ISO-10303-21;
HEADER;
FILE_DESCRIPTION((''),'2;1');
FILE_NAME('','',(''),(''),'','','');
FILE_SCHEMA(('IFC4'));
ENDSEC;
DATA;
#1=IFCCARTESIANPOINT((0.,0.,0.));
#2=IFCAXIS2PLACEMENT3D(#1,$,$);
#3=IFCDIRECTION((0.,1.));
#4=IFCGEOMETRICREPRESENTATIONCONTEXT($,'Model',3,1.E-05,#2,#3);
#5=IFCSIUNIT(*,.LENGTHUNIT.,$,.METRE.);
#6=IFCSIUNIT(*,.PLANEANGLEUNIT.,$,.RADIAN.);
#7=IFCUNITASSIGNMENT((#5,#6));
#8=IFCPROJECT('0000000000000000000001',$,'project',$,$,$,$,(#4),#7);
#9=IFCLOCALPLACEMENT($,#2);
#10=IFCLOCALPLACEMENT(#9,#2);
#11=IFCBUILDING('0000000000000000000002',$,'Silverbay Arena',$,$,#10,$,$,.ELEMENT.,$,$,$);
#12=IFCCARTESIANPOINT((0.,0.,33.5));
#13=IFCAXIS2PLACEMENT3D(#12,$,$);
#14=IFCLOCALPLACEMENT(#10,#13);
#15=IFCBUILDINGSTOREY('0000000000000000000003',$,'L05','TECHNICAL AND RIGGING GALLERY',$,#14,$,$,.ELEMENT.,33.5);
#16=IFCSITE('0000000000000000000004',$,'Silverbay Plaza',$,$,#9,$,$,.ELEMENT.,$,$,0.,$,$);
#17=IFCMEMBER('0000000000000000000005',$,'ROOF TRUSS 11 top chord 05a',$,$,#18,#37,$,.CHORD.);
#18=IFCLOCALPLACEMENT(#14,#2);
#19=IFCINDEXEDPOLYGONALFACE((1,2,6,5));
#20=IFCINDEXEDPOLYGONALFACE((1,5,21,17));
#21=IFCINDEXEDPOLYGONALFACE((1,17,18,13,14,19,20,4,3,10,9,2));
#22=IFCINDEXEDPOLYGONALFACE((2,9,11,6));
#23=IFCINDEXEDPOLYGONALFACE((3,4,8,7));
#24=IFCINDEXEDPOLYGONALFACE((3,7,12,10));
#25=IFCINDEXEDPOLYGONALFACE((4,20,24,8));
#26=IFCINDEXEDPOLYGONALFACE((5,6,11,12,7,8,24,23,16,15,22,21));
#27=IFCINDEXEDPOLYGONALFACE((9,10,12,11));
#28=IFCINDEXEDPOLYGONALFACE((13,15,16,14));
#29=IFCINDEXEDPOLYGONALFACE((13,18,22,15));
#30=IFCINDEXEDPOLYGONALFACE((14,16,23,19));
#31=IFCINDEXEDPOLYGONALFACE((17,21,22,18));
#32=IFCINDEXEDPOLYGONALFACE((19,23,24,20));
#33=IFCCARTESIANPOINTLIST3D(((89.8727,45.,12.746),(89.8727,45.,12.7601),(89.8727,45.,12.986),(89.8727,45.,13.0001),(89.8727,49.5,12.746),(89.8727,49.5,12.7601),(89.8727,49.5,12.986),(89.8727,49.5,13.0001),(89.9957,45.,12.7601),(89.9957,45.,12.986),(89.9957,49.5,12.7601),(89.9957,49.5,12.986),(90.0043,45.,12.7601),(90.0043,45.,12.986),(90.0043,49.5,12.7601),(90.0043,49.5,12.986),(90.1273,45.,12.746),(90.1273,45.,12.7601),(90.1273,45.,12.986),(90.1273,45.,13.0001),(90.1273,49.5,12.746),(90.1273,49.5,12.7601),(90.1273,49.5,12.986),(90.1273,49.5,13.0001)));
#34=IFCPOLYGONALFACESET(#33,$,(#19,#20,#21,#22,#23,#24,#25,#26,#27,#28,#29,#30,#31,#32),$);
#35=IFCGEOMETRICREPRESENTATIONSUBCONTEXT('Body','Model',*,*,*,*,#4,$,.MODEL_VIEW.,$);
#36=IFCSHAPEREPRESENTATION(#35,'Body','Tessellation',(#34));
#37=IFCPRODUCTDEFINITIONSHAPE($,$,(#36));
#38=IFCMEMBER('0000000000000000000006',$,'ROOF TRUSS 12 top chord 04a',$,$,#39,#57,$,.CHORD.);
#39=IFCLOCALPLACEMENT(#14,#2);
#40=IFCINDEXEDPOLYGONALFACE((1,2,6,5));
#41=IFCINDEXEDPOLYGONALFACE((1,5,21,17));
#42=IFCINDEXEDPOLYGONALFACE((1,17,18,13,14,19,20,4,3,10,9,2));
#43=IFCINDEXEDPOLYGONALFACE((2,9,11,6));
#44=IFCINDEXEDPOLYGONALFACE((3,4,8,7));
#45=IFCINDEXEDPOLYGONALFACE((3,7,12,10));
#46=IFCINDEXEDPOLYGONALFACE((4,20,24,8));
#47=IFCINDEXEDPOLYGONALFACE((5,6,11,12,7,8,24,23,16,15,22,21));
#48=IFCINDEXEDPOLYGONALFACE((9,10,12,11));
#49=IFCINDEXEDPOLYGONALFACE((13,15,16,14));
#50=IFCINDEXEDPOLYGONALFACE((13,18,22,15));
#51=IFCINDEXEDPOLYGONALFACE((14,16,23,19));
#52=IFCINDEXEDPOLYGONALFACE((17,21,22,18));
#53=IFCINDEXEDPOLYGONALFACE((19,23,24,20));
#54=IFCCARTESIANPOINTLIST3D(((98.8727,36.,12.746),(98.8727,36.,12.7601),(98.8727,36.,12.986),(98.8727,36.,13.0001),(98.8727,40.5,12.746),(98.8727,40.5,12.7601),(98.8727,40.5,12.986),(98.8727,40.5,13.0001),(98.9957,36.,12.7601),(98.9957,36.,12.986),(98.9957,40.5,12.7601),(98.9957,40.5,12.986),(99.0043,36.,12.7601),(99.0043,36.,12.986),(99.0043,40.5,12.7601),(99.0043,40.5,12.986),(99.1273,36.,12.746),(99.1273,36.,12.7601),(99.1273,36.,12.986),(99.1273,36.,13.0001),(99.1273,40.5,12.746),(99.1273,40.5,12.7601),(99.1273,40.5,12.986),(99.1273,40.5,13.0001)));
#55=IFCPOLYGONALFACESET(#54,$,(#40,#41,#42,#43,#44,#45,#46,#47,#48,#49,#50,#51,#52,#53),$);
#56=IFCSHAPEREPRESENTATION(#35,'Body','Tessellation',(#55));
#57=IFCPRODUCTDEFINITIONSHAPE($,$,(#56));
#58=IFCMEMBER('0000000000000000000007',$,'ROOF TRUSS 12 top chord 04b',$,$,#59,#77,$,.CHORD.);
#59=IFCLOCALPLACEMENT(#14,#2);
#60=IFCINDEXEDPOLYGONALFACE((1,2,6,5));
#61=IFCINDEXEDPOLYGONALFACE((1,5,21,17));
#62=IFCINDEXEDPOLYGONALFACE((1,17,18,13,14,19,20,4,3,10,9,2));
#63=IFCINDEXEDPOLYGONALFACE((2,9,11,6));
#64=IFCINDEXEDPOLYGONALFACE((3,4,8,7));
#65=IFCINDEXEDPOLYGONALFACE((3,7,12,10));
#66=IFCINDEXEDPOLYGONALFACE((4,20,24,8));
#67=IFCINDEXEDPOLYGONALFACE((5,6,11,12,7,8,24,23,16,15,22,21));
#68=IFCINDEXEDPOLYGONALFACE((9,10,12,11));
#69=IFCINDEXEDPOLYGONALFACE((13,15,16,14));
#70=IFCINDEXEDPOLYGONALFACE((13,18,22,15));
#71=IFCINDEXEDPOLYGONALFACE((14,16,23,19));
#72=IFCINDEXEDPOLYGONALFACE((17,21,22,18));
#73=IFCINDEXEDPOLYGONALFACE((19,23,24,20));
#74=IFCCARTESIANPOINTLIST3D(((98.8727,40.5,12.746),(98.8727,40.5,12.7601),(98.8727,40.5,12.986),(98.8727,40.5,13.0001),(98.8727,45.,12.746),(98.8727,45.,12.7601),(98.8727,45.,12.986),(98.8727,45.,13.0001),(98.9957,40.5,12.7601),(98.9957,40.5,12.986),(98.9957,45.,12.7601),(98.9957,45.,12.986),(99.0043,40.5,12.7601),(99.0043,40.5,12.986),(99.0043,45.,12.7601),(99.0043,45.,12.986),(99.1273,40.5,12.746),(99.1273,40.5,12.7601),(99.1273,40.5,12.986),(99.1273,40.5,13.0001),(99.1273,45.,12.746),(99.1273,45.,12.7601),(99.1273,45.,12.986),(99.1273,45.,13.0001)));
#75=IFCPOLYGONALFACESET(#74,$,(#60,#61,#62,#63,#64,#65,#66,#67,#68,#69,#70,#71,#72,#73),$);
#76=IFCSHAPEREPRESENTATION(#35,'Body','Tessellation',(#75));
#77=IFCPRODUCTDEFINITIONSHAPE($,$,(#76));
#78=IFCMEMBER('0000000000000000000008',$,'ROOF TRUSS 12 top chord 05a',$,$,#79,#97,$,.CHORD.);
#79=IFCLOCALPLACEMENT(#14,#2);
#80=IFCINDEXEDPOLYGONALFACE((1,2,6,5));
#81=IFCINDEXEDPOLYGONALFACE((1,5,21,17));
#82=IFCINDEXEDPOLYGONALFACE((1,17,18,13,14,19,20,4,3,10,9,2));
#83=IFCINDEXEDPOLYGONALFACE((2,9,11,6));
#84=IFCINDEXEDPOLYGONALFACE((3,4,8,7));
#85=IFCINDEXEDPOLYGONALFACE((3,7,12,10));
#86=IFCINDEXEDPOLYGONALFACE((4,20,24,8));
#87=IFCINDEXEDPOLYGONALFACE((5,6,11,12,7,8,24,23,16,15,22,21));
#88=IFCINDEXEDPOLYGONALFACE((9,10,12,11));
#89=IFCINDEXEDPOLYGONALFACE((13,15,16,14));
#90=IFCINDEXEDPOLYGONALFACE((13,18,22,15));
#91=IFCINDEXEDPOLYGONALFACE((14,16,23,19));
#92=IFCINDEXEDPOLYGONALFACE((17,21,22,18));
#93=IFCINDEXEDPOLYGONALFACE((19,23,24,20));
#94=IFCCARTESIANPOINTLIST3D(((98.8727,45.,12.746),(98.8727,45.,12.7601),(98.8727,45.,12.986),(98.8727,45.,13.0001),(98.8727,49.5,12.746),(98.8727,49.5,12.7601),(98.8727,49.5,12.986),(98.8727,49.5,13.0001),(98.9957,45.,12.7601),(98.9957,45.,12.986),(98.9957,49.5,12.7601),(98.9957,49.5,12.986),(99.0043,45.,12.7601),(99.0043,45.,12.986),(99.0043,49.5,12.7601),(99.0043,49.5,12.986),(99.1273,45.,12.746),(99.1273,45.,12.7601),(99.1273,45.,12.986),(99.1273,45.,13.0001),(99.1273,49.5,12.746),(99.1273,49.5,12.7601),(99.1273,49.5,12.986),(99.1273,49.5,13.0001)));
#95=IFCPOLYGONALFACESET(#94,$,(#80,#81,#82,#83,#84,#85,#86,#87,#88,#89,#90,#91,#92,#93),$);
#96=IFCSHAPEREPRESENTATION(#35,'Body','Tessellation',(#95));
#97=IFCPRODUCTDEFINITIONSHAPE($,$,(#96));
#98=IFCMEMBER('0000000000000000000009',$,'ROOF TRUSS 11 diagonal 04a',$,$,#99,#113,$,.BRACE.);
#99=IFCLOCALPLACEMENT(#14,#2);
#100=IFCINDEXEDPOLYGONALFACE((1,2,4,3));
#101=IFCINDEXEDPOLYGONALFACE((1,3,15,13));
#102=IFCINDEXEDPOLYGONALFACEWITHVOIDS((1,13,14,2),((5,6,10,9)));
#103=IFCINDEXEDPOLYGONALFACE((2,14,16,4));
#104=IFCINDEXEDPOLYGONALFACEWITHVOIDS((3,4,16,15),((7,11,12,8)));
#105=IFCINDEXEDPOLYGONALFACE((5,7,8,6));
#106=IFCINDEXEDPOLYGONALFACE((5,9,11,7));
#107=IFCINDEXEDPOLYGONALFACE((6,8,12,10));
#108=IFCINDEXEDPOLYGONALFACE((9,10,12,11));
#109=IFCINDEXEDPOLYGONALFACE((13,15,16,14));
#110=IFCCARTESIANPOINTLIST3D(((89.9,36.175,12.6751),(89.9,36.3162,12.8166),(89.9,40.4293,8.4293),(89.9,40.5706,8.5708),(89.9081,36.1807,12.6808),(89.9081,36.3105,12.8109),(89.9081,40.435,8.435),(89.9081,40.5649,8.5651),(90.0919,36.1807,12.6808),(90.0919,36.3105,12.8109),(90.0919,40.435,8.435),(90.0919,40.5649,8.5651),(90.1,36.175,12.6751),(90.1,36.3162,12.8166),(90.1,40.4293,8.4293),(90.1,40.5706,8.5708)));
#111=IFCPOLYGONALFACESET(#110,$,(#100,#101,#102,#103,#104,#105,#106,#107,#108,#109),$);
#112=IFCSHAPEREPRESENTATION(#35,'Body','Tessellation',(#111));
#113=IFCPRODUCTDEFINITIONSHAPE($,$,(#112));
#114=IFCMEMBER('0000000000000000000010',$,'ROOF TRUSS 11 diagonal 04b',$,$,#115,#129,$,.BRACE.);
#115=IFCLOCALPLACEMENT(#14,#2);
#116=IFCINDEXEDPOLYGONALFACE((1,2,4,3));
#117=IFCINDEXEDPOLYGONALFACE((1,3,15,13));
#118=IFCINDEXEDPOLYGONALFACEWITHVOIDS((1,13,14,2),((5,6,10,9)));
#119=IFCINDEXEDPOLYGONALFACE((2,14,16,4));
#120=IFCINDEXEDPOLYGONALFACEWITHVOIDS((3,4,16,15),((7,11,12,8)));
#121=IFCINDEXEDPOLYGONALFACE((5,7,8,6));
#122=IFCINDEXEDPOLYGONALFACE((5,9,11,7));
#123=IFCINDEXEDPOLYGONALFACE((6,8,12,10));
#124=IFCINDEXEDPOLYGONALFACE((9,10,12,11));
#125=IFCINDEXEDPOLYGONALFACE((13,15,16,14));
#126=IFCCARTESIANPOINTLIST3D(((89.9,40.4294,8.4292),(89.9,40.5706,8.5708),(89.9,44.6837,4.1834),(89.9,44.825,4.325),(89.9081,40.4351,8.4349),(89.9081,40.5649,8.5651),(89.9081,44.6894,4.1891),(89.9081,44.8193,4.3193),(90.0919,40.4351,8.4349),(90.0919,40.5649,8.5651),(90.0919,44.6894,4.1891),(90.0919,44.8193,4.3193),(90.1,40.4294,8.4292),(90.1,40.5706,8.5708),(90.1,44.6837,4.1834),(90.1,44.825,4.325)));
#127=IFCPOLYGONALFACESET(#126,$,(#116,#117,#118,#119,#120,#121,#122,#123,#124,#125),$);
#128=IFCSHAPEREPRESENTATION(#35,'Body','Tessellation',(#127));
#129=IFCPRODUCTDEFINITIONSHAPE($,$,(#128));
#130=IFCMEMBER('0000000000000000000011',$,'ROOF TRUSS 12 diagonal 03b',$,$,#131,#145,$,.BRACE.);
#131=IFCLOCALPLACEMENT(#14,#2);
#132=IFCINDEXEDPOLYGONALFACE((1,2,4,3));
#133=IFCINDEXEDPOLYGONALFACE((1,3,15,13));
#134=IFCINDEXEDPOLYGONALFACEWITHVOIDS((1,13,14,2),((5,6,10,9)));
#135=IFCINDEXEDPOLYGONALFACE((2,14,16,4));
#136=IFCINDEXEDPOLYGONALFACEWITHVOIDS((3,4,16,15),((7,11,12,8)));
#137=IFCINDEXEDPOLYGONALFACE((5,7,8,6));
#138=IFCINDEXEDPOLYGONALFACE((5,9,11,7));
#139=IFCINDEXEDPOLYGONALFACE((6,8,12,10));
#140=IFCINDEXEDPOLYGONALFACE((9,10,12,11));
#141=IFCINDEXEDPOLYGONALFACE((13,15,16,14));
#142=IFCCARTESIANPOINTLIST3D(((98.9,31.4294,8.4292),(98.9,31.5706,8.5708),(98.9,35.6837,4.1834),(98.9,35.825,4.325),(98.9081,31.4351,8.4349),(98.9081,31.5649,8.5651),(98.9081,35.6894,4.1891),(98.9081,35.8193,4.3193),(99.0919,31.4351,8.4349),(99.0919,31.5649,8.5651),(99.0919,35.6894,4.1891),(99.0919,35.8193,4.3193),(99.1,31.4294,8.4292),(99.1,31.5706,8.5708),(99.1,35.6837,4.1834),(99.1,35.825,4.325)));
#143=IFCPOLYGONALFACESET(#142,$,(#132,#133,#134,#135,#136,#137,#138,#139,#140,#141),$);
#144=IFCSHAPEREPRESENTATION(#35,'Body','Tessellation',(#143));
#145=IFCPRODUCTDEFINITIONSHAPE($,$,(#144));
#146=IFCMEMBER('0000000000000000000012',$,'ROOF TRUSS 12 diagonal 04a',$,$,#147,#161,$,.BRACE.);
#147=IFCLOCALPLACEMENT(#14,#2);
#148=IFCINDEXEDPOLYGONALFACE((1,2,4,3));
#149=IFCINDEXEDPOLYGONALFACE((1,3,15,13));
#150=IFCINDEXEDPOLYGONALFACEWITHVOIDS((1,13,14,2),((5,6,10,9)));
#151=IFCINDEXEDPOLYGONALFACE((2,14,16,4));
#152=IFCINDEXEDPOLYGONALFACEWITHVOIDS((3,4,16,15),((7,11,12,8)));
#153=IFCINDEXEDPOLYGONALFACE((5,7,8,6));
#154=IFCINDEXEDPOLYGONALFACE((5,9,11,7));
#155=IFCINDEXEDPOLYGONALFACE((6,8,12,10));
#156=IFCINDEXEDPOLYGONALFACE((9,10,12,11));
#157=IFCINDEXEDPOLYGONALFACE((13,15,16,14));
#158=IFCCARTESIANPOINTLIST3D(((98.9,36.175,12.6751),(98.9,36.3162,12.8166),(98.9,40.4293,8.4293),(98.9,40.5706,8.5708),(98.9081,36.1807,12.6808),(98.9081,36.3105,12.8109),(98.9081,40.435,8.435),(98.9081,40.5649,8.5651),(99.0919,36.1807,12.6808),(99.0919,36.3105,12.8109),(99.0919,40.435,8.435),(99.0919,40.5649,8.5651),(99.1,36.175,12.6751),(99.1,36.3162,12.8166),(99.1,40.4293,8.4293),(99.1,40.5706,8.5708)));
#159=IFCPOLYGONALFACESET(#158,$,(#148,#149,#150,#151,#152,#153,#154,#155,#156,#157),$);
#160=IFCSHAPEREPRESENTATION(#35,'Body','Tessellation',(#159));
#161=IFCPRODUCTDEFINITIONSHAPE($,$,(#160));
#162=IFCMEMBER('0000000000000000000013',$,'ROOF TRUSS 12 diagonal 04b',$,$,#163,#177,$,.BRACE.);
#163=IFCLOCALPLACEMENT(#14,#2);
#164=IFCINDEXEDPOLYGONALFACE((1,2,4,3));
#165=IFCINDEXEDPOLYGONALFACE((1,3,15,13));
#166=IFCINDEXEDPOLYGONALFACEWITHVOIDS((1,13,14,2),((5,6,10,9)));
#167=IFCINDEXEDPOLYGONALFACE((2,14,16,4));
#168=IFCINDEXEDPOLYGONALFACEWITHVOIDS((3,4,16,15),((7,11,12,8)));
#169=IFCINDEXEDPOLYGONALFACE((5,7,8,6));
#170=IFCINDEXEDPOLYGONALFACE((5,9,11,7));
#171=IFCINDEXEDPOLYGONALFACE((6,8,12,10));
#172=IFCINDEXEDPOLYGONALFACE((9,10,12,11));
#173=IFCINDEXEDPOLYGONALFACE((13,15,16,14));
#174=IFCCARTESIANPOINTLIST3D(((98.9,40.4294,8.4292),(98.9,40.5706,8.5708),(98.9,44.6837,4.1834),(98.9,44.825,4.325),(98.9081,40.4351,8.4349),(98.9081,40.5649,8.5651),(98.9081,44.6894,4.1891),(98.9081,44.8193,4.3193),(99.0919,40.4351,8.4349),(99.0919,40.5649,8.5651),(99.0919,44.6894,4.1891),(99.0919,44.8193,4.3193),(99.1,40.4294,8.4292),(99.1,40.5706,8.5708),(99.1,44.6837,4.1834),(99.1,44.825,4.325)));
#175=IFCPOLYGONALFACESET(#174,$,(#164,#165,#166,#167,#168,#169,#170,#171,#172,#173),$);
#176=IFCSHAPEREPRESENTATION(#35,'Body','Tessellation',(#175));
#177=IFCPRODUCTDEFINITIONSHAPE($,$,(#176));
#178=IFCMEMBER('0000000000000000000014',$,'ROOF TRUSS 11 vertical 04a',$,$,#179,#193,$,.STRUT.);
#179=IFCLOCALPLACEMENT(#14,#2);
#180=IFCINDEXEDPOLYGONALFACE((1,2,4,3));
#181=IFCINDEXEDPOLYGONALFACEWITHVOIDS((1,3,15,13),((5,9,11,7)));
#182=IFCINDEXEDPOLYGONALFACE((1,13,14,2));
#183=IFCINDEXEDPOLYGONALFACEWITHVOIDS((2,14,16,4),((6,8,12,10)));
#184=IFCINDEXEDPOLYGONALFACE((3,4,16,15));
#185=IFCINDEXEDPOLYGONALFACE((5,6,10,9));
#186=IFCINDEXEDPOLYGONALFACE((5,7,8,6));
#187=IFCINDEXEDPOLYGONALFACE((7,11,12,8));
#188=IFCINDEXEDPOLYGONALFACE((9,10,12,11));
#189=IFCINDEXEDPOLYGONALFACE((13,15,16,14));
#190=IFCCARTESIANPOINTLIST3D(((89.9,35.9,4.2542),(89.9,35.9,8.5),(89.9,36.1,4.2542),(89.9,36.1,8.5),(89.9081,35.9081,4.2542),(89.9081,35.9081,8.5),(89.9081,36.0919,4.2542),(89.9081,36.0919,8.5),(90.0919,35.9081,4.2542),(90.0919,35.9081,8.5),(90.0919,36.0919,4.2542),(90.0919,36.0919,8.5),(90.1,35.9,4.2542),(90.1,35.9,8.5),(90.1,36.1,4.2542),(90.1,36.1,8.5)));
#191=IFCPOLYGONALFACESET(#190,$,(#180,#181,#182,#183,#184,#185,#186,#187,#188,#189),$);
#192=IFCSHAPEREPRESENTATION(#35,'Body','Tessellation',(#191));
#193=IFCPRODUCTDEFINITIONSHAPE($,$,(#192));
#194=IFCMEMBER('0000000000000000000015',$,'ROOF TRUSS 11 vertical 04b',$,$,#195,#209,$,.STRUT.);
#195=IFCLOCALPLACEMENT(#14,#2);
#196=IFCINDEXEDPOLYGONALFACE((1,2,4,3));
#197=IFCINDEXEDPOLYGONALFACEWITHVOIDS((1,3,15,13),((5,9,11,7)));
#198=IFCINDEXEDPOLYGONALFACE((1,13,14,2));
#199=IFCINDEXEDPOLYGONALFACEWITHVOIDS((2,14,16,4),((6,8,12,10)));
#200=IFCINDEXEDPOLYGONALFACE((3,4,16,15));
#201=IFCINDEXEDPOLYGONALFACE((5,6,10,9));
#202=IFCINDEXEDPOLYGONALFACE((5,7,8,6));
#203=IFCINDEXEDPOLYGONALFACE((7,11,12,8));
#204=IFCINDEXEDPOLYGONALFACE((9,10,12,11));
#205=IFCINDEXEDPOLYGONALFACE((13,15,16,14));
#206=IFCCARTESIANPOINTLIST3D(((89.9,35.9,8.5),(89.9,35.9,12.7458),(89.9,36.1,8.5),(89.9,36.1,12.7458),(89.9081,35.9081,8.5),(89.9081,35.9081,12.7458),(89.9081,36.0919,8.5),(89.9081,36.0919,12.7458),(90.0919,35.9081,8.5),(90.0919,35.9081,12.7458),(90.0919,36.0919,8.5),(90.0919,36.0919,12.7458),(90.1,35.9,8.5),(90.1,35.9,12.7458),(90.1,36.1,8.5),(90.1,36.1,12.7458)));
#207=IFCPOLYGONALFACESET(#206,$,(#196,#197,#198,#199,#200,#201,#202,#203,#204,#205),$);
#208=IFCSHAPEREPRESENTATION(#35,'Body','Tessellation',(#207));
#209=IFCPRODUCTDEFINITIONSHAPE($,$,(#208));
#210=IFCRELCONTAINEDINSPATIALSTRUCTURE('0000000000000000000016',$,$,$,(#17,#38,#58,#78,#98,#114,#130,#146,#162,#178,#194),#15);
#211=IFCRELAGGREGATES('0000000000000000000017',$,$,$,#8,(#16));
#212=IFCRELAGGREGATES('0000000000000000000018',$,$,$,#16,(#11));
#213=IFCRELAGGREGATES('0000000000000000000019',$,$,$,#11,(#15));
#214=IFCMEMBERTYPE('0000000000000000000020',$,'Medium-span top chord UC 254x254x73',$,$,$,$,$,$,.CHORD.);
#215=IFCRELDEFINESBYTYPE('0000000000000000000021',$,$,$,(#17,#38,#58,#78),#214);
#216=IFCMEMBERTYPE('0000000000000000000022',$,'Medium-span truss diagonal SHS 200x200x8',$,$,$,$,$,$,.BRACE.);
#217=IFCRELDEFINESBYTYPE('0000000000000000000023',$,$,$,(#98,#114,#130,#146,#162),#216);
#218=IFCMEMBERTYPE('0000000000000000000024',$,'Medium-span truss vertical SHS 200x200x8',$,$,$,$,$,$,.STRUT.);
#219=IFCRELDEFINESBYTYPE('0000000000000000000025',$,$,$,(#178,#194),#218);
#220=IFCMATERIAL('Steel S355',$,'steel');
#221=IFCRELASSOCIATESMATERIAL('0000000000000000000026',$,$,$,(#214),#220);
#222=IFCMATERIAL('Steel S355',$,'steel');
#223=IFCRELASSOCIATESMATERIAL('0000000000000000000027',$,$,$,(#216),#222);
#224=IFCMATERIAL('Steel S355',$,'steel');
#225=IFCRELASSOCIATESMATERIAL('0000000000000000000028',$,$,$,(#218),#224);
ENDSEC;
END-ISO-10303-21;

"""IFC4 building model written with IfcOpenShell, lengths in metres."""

from ifc_helpers import new_model, si_unit, direction, frame, origin, origin_2d, place, context, subcontext, project, spatial, hollow_rectangle, i_section, extrude, material, material_profile, profile_set, type_object, element, save


model = new_model("IFC4")

# Units and contexts
model_context = context("Model", 3, precision=1e-05, world=origin(), true_north=direction((0.0, 1.0)))
body_context = subcontext(model_context, "Body", "Model", "MODEL_VIEW")
ifc_project = project(units=[si_unit("LENGTHUNIT", "METRE"), si_unit("PLANEANGLEUNIT", "RADIAN")], contexts=[model_context])

# Site, building, storey
site_placement = place(None, origin())
site = spatial("IfcSite", under=ifc_project, at=site_placement, Name="Silverbay Plaza", CompositionType="ELEMENT", RefElevation=0.0)
building_placement = place(site_placement, origin())
building = spatial("IfcBuilding", under=site, at=building_placement, Name="Silverbay Arena", CompositionType="ELEMENT")
storey_placement = place(building_placement, frame((0.0, 0.0, 33.5)))
storey = spatial("IfcBuildingStorey", under=building, at=storey_placement, Name="L05", Description="TECHNICAL AND RIGGING GALLERY", CompositionType="ELEMENT", Elevation=33.5)

# Members
ifc_material_1 = material(Name="Steel S355", Category="steel")
ifc_material_profile_1 = material_profile(ifc_material_1, i_section(OverallWidth=0.2546, OverallDepth=0.2542, WebThickness=0.0085, FlangeThickness=0.0142, at=origin_2d()), Name="UC 254x254x73")
ifc_profile_set_1 = profile_set([ifc_material_profile_1], Name="Steel S355")
member_type_1 = type_object("IfcMemberType", Name="Medium-span top chord UC 254x254x73", PredefinedType="CHORD", material=ifc_profile_set_1)
for number, where, z_axis, x_axis, name in (
    (1, (90.0, 45.0, 12.873), (0.0, 1.0, 0.0), (-1.0, 0.0, 0.0), "ROOF TRUSS 11 top chord 05a"),
    (2, (99.0, 36.0, 12.873), (0.0, 1.0, 0.0), (-1.0, 0.0, 0.0), "ROOF TRUSS 12 top chord 04a"),
    (3, (99.0, 40.5, 12.873), (0.0, 1.0, 0.0), (-1.0, 0.0, 0.0), "ROOF TRUSS 12 top chord 04b"),
    (4, (99.0, 45.0, 12.873), (0.0, 1.0, 0.0), (-1.0, 0.0, 0.0), "ROOF TRUSS 12 top chord 05a"),
):
    element("IfcMember", number, at=place(storey_placement, frame(where, z_axis=z_axis, x_axis=x_axis)), inside=storey, type_object=member_type_1, Name=name, PredefinedType="CHORD", context=body_context, shape_type="SweptSolid", body=[
        extrude(i_section(OverallWidth=0.2546, OverallDepth=0.2542, WebThickness=0.0085, FlangeThickness=0.0142, at=origin_2d()), origin(), (0.0, 0.0, 1.0), 4.5),
    ])
ifc_material_2 = material(Name="Steel S355", Category="steel")
ifc_material_profile_2 = material_profile(ifc_material_2, hollow_rectangle(XDim=0.2, YDim=0.2, WallThickness=0.0081, at=origin_2d()), Name="SHS 200x200x8")
ifc_profile_set_2 = profile_set([ifc_material_profile_2], Name="Steel S355")
member_type_2 = type_object("IfcMemberType", Name="Medium-span truss diagonal SHS 200x200x8", PredefinedType="BRACE", material=ifc_profile_set_2)
for number, where, z_axis, x_axis, name in (
    (5, (90.0, 36.2456, 12.7458), (0.0, 0.707817, -0.706396), (-1.0, 0.0, 0.0), "ROOF TRUSS 11 diagonal 04a"),
    (6, (90.0, 40.5, 8.5), (0.0, 0.707817, -0.706396), (-1.0, 0.0, 0.0), "ROOF TRUSS 11 diagonal 04b"),
    (7, (99.0, 31.5, 8.5), (0.0, 0.707817, -0.706396), (-1.0, 0.0, 0.0), "ROOF TRUSS 12 diagonal 03b"),
    (8, (99.0, 36.2456, 12.7458), (0.0, 0.707817, -0.706396), (-1.0, 0.0, 0.0), "ROOF TRUSS 12 diagonal 04a"),
    (9, (99.0, 40.5, 8.5), (0.0, 0.707817, -0.706396), (-1.0, 0.0, 0.0), "ROOF TRUSS 12 diagonal 04b"),
):
    element("IfcMember", number, at=place(storey_placement, frame(where, z_axis=z_axis, x_axis=x_axis)), inside=storey, type_object=member_type_2, Name=name, PredefinedType="BRACE", context=body_context, shape_type="SweptSolid", body=[
        extrude(hollow_rectangle(XDim=0.2, YDim=0.2, WallThickness=0.0081, at=origin_2d()), origin(), (0.0, 0.0, 1.0), 6.0105),
    ])
ifc_material_3 = material(Name="Steel S355", Category="steel")
ifc_material_profile_3 = material_profile(ifc_material_3, hollow_rectangle(XDim=0.2, YDim=0.2, WallThickness=0.0081, at=origin_2d()), Name="SHS 200x200x8")
ifc_profile_set_3 = profile_set([ifc_material_profile_3], Name="Steel S355")
member_type_3 = type_object("IfcMemberType", Name="Medium-span truss vertical SHS 200x200x8", PredefinedType="STRUT", material=ifc_profile_set_3)
for number, where, z_axis, x_axis, name in (
    (10, (90.0, 36.0, 4.2542), (0.0, 0.0, 1.0), (1.0, 0.0, 0.0), "ROOF TRUSS 11 vertical 04a"),
    (11, (90.0, 36.0, 8.5), (0.0, 0.0, 1.0), (1.0, 0.0, 0.0), "ROOF TRUSS 11 vertical 04b"),
):
    element("IfcMember", number, at=place(storey_placement, frame(where, z_axis=z_axis, x_axis=x_axis)), inside=storey, type_object=member_type_3, Name=name, PredefinedType="STRUT", context=body_context, shape_type="SweptSolid", body=[
        extrude(hollow_rectangle(XDim=0.2, YDim=0.2, WallThickness=0.0081, at=origin_2d()), origin(), (0.0, 0.0, 1.0), 4.2458),
    ])

save(model, "model.ifc")
